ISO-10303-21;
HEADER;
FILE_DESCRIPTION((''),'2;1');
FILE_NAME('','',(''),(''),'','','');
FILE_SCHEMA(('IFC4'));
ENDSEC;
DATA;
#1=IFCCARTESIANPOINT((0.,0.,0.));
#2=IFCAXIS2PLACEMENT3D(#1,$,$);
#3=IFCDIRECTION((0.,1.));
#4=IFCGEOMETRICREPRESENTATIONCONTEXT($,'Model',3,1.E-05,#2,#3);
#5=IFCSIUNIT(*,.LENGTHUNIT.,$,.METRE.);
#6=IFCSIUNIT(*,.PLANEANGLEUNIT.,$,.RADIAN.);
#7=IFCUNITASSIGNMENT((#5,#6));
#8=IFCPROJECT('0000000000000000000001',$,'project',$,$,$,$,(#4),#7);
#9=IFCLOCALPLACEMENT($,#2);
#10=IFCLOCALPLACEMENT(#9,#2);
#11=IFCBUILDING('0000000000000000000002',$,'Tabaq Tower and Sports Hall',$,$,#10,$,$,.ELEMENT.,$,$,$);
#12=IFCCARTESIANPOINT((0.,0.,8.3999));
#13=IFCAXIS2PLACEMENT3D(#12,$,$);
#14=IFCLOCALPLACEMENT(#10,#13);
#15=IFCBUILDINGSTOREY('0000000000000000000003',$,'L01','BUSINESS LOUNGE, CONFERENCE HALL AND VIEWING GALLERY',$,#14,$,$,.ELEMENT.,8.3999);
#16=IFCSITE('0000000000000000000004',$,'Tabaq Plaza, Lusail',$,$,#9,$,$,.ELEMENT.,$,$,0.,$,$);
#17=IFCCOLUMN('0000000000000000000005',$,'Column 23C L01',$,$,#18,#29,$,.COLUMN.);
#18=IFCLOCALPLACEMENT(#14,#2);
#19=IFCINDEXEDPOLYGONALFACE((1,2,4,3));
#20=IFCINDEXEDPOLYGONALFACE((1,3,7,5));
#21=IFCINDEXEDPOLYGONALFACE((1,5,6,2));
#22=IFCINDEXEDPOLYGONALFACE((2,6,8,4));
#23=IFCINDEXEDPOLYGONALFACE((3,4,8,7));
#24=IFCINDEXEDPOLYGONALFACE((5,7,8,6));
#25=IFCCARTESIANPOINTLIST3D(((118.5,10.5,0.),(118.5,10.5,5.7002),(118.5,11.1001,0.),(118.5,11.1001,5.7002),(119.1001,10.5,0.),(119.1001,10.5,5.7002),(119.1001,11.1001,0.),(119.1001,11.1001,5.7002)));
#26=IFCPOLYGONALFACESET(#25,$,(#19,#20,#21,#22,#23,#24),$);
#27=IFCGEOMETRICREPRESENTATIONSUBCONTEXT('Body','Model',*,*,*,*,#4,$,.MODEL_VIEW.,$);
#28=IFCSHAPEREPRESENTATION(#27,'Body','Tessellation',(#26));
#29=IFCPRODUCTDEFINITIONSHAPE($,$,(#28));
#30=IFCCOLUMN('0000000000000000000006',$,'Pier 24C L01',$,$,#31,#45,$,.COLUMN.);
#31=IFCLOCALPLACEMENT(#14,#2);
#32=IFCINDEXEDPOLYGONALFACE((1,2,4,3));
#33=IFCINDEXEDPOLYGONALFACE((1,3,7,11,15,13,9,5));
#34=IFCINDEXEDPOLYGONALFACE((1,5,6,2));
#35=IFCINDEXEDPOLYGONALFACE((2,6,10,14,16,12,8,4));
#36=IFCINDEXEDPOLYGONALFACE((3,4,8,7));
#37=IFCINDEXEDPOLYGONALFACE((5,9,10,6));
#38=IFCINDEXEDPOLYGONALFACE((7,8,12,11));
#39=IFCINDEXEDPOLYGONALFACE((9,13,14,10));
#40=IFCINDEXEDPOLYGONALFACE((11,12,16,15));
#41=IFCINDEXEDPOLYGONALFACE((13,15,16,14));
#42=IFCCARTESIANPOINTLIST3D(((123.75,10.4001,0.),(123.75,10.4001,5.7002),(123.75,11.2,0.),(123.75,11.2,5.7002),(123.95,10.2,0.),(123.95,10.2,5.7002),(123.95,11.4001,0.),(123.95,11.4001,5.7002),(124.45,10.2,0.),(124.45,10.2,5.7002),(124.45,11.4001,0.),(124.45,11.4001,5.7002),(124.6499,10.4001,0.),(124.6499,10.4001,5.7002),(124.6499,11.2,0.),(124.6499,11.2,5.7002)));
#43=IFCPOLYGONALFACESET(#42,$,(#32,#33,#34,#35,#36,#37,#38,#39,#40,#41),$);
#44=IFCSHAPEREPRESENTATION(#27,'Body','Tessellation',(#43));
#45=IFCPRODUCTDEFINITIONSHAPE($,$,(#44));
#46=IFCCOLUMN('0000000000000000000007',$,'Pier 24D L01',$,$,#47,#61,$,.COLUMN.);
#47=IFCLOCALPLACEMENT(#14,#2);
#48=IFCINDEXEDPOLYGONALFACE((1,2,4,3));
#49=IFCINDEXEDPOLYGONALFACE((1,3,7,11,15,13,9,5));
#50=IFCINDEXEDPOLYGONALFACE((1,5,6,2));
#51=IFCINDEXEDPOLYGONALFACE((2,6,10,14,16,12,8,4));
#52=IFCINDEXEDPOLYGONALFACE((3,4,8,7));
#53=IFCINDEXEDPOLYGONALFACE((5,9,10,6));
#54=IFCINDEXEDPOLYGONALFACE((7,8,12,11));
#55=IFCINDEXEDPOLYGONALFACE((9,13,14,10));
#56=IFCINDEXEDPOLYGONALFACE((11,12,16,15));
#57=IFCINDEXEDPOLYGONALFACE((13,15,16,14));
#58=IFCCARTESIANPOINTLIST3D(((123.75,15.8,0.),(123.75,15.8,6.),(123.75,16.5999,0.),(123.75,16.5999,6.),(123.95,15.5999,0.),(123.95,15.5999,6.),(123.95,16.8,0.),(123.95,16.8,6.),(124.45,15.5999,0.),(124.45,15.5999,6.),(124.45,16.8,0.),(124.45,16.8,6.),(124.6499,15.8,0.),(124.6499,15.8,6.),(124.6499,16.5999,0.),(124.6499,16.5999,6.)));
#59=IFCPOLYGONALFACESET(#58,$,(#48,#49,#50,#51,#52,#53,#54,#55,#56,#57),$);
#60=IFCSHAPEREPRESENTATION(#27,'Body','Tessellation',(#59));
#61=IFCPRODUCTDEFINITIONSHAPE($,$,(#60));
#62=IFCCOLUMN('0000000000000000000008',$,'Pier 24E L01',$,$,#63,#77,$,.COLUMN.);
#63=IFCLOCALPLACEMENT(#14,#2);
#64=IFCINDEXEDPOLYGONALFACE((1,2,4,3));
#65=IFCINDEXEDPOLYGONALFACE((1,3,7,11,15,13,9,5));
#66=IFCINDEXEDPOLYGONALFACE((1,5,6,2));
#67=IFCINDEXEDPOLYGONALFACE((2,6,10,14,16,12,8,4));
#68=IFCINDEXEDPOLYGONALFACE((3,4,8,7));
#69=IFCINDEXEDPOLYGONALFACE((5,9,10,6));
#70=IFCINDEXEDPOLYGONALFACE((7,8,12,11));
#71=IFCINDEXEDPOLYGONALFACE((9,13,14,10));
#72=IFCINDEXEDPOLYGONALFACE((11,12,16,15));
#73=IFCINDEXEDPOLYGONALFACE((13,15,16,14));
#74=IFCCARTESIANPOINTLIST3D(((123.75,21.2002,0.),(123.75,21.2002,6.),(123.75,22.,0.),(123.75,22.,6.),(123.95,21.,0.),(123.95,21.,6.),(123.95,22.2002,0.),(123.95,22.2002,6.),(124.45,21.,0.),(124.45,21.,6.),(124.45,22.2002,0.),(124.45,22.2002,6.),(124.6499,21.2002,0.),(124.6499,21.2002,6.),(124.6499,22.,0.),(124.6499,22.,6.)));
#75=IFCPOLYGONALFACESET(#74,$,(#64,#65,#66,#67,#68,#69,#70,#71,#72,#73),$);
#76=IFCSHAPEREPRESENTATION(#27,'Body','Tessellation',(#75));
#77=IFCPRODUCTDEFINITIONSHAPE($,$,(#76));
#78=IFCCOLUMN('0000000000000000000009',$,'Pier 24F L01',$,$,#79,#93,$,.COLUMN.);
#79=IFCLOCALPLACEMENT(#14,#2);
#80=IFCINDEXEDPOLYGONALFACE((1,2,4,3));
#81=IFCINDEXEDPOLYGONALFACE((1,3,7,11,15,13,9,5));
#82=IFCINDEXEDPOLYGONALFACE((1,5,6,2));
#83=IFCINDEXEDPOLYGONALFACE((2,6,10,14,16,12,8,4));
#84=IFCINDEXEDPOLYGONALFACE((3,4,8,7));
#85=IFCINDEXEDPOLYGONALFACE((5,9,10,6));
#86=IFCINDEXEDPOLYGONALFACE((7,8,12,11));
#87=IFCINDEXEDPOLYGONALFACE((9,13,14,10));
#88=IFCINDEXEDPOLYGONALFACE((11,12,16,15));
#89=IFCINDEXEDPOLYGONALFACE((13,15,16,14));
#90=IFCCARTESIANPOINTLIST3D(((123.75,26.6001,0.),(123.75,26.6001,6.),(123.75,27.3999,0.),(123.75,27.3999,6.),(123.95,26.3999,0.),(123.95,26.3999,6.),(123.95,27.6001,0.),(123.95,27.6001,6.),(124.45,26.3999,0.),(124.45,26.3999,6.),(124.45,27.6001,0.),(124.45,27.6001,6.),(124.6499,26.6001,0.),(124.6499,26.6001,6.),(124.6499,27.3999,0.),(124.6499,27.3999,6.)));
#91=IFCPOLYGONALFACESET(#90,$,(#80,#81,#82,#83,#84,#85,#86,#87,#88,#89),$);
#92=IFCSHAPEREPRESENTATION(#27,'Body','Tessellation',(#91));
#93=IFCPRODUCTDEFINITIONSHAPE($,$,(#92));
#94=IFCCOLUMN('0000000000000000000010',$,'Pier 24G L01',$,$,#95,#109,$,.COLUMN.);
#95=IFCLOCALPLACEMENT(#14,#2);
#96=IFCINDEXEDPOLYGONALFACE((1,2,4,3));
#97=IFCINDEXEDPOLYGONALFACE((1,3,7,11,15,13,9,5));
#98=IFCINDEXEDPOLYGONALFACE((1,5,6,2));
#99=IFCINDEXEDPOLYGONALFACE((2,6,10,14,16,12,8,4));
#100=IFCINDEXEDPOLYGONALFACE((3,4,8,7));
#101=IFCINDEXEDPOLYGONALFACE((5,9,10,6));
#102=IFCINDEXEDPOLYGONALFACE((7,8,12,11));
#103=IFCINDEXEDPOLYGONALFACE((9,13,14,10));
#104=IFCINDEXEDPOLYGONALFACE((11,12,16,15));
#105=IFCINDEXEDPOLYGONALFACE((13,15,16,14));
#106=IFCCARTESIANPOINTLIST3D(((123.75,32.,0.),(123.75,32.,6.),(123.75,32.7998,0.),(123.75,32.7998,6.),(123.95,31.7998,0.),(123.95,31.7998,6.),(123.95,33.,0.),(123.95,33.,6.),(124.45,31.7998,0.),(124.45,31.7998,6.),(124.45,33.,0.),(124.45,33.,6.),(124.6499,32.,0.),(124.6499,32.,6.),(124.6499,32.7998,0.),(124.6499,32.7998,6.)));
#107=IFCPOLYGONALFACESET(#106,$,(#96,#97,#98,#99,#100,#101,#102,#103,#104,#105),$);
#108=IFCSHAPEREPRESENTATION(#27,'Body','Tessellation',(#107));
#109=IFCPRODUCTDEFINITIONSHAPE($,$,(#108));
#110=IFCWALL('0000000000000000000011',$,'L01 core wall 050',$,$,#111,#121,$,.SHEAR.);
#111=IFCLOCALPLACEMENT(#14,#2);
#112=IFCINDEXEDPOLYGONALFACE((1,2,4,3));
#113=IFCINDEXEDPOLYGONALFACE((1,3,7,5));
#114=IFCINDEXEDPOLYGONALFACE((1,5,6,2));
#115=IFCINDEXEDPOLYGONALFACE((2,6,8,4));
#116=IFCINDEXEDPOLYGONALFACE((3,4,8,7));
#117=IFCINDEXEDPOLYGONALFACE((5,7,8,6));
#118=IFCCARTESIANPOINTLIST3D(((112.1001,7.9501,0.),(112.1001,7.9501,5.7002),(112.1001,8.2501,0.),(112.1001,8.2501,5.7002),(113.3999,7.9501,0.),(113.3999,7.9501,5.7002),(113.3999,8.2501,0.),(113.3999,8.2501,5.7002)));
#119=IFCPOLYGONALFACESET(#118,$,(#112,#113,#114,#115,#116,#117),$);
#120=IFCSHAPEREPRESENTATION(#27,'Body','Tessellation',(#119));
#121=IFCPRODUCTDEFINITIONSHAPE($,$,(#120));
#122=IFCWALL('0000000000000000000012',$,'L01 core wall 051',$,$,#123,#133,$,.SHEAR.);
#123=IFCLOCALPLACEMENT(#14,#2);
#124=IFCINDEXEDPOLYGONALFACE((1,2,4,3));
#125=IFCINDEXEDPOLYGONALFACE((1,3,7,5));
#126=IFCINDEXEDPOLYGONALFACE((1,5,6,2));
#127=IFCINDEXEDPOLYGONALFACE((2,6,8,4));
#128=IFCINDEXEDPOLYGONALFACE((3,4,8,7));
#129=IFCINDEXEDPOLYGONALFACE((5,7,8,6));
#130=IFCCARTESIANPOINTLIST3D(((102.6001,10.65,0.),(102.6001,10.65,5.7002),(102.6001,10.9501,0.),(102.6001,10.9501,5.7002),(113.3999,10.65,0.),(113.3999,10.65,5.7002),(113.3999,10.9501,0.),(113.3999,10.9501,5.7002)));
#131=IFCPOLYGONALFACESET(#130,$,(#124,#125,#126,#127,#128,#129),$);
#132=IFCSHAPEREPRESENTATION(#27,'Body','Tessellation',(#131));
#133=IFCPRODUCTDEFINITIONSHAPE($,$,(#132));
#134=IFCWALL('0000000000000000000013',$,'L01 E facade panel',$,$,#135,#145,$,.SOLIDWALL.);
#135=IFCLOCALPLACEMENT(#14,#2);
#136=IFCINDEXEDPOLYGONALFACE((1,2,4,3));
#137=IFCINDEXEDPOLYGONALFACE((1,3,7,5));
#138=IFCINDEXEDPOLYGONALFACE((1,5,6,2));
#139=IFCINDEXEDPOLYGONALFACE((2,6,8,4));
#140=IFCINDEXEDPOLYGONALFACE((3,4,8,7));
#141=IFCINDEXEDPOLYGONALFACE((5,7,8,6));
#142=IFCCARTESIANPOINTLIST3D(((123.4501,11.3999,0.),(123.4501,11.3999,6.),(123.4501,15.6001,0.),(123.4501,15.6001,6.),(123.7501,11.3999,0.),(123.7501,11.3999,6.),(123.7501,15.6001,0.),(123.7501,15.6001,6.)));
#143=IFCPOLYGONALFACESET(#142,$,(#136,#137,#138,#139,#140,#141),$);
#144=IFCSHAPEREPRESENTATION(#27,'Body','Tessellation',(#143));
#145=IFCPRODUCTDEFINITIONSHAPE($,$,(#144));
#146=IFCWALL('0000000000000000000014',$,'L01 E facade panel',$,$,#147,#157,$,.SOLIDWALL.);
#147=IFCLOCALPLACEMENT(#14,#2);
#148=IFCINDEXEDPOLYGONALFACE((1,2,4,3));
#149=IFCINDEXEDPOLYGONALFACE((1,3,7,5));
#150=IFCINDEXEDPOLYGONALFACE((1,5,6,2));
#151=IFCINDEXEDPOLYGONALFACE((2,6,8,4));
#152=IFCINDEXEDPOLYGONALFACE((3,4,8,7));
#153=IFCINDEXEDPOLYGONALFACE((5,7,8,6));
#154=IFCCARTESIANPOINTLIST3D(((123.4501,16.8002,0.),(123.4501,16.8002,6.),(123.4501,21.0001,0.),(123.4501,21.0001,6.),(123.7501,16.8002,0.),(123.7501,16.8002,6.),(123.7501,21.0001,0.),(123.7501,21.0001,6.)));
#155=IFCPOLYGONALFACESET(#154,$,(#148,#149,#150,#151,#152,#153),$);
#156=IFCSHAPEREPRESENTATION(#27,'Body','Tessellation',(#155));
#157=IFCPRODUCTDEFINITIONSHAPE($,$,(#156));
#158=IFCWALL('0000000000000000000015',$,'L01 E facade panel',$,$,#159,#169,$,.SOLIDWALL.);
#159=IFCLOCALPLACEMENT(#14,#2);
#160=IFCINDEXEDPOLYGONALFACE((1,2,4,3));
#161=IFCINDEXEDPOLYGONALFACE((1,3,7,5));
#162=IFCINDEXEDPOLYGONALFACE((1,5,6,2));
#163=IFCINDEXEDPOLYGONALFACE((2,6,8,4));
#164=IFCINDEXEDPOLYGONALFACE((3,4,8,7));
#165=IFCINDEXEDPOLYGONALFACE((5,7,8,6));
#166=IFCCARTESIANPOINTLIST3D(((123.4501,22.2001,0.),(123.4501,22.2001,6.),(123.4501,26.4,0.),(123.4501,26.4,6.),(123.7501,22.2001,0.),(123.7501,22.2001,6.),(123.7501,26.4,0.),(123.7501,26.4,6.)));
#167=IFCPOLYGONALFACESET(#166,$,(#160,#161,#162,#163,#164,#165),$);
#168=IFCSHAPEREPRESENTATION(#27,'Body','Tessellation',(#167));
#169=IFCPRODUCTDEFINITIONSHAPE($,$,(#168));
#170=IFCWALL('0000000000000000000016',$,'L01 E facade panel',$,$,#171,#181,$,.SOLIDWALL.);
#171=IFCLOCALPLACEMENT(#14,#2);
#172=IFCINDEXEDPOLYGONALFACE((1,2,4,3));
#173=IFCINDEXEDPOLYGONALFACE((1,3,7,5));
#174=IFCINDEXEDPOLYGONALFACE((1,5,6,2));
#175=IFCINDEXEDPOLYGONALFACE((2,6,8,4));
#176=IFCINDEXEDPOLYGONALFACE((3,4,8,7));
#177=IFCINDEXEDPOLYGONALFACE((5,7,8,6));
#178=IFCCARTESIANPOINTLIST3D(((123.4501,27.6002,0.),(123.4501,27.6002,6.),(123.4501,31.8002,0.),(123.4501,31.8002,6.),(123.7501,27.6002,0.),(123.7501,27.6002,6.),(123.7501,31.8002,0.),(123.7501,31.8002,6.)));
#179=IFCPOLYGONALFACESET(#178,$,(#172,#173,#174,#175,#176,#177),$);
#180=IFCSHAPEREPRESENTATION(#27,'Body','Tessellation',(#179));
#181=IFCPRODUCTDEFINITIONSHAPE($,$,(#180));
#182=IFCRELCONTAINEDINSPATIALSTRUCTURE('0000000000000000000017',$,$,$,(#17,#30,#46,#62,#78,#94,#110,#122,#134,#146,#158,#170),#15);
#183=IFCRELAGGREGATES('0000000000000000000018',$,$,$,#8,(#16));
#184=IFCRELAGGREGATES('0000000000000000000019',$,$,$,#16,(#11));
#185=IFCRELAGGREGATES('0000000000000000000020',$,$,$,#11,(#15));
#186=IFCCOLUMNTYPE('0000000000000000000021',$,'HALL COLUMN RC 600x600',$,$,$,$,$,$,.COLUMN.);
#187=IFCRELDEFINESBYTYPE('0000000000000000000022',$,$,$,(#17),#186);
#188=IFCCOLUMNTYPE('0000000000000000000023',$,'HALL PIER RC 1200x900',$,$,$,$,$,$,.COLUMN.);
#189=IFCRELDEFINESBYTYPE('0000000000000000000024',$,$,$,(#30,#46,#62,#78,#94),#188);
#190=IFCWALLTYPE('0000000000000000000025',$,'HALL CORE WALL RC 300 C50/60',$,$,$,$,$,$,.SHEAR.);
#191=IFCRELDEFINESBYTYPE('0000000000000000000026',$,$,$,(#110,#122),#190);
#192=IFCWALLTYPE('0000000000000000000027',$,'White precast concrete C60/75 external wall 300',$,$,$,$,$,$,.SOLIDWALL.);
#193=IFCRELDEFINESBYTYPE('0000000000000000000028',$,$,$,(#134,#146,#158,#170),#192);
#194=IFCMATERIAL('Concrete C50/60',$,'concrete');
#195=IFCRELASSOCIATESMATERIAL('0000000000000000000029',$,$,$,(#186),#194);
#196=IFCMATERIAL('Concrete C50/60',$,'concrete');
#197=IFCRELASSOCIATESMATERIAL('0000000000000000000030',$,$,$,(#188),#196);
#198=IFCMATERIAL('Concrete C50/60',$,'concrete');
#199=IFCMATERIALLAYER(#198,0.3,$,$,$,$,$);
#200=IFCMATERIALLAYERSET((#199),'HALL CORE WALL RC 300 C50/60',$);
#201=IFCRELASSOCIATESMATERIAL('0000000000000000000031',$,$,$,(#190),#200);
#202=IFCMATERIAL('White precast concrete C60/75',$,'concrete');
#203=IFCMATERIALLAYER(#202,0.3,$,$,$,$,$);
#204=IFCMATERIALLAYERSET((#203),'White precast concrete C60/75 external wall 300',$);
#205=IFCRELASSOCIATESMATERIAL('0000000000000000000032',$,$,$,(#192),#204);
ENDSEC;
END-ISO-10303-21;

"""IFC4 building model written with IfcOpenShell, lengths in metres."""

from ifc_helpers import new_model, si_unit, direction, frame, frame_2d, origin, origin_2d, place, context, subcontext, project, spatial, polyline, rectangle, outline, extrude, material, layer, layer_set, material_profile, profile_set, type_object, element, save


model = new_model("IFC4")

# Units and contexts
model_context = context("Model", 3, precision=1e-05, world=origin(), true_north=direction((0.0, 1.0)))
body_context = subcontext(model_context, "Body", "Model", "MODEL_VIEW")
ifc_project = project(units=[si_unit("LENGTHUNIT", "METRE"), si_unit("PLANEANGLEUNIT", "RADIAN")], contexts=[model_context])

# Site, building, storey
site_placement = place(None, origin())
site = spatial("IfcSite", under=ifc_project, at=site_placement, Name="Tabaq Plaza, Lusail", CompositionType="ELEMENT", RefElevation=0.0)
building_placement = place(site_placement, origin())
building = spatial("IfcBuilding", under=site, at=building_placement, Name="Tabaq Tower and Sports Hall", CompositionType="ELEMENT")
storey_placement = place(building_placement, frame((0.0, 0.0, 8.3999)))
storey = spatial("IfcBuildingStorey", under=building, at=storey_placement, Name="L01", Description="BUSINESS LOUNGE, CONFERENCE HALL AND VIEWING GALLERY", CompositionType="ELEMENT", Elevation=8.3999)

# Columns
ifc_material_1 = material(Name="Concrete C50/60", Category="concrete")
ifc_material_profile_1 = material_profile(ifc_material_1, rectangle(XDim=0.6001, YDim=0.6001, at=origin_2d()), Name="RC 600x600")
ifc_profile_set_1 = profile_set([ifc_material_profile_1], Name="Concrete C50/60")
column_type_1 = type_object("IfcColumnType", Name="HALL COLUMN RC 600x600", PredefinedType="COLUMN", material=ifc_profile_set_1)
column_1_placement = place(storey_placement, frame((118.8, 10.8, 0.0), z_axis=(0.0, 0.0, 1.0), x_axis=(1.0, 0.0, 0.0)))
element("IfcColumn", 1, at=column_1_placement, inside=storey, type_object=column_type_1, Name="Column 23C L01", PredefinedType="COLUMN", context=body_context, shape_type="SweptSolid", body=[
    extrude(rectangle(XDim=0.6001, YDim=0.6001, at=origin_2d()), origin(), (0.0, 0.0, 1.0), 5.7002),
])
ifc_material_2 = material(Name="Concrete C50/60", Category="concrete")
ifc_material_profile_2 = material_profile(ifc_material_2, outline(polyline([(-0.3999, -0.45), (0.3999, -0.45), (0.6001, -0.25), (0.6001, 0.25), (0.3999, 0.45), (-0.3999, 0.45), (-0.6001, 0.25), (-0.6001, -0.25), (-0.3999, -0.45)])), Name="PIER 1200x900")
ifc_profile_set_2 = profile_set([ifc_material_profile_2], Name="Concrete C50/60")
column_type_2 = type_object("IfcColumnType", Name="HALL PIER RC 1200x900", PredefinedType="COLUMN", material=ifc_profile_set_2)
column_2_placement = place(storey_placement, frame((124.2, 10.8, 0.0), z_axis=(0.0, 0.0, 1.0), x_axis=(0.0, 1.0, 0.0)))
element("IfcColumn", 2, at=column_2_placement, inside=storey, type_object=column_type_2, Name="Pier 24C L01", PredefinedType="COLUMN", context=body_context, shape_type="SweptSolid", body=[
    extrude(outline(polyline([(-0.3999, -0.45), (0.3999, -0.45), (0.6001, -0.25), (0.6001, 0.25), (0.3999, 0.45), (-0.3999, 0.45), (-0.6001, 0.25), (-0.6001, -0.25), (-0.3999, -0.45)])), origin(), (0.0, 0.0, 1.0), 5.7002),
])
for number, where, z_axis, x_axis, name in (
    (3, (124.2, 16.2, 0.0), (0.0, 0.0, 1.0), (0.0, 1.0, 0.0), "Pier 24D L01"),
    (4, (124.2, 21.6001, 0.0), (0.0, 0.0, 1.0), (0.0, 1.0, 0.0), "Pier 24E L01"),
    (5, (124.2, 27.0, 0.0), (0.0, 0.0, 1.0), (0.0, 1.0, 0.0), "Pier 24F L01"),
    (6, (124.2, 32.3999, 0.0), (0.0, 0.0, 1.0), (0.0, 1.0, 0.0), "Pier 24G L01"),
):
    element("IfcColumn", number, at=place(storey_placement, frame(where, z_axis=z_axis, x_axis=x_axis)), inside=storey, type_object=column_type_2, Name=name, PredefinedType="COLUMN", context=body_context, shape_type="SweptSolid", body=[
        extrude(outline(polyline([(-0.3999, -0.45), (0.3999, -0.45), (0.6001, -0.25), (0.6001, 0.25), (0.3999, 0.45), (-0.3999, 0.45), (-0.6001, 0.25), (-0.6001, -0.25), (-0.3999, -0.45)])), origin(), (0.0, 0.0, 1.0), 6.0),
    ])

# Shared definitions
ifc_material_3 = material(Name="Concrete C50/60", Category="concrete")
ifc_layer_1 = layer(ifc_material_3, 0.3)
ifc_layer_set_1 = layer_set([ifc_layer_1], Name="HALL CORE WALL RC 300 C50/60")
wall_type_1 = type_object("IfcWallType", Name="HALL CORE WALL RC 300 C50/60", PredefinedType="SHEAR", material=ifc_layer_set_1)

# Walls
wall_1_placement = place(storey_placement, frame((112.1001, 8.1001, 0.0), z_axis=(0.0, 0.0, 1.0), x_axis=(1.0, 0.0, 0.0)))
element("IfcWall", 7, at=wall_1_placement, inside=storey, type_object=wall_type_1, Name="L01 core wall 050", PredefinedType="SHEAR", context=body_context, shape_type="SweptSolid", body=[
    extrude(rectangle(XDim=1.2998, YDim=0.3, at=frame_2d((0.6499, 0.0))), origin(), (0.0, 0.0, 1.0), 5.7002),
])
wall_2_placement = place(storey_placement, frame((102.6001, 10.8, 0.0), z_axis=(0.0, 0.0, 1.0), x_axis=(1.0, 0.0, 0.0)))
element("IfcWall", 8, at=wall_2_placement, inside=storey, type_object=wall_type_1, Name="L01 core wall 051", PredefinedType="SHEAR", context=body_context, shape_type="SweptSolid", body=[
    extrude(rectangle(XDim=10.7998, YDim=0.3, at=frame_2d((5.3999, 0.0))), origin(), (0.0, 0.0, 1.0), 5.7002),
])
ifc_material_4 = material(Name="White precast concrete C60/75", Category="concrete")
ifc_layer_2 = layer(ifc_material_4, 0.3)
ifc_layer_set_2 = layer_set([ifc_layer_2], Name="White precast concrete C60/75 external wall 300")
wall_type_2 = type_object("IfcWallType", Name="White precast concrete C60/75 external wall 300", PredefinedType="SOLIDWALL", material=ifc_layer_set_2)
wall_3_placement = place(storey_placement, frame((123.6001, 11.3999, 0.0), z_axis=(0.0, 0.0, 1.0), x_axis=(0.0, 1.0, 0.0)))
element("IfcWall", 9, at=wall_3_placement, inside=storey, type_object=wall_type_2, Name="L01 E facade panel", PredefinedType="SOLIDWALL", context=body_context, shape_type="SweptSolid", body=[
    extrude(rectangle(XDim=4.2002, YDim=0.3, at=frame_2d((2.1001, 0.0))), origin(), (0.0, 0.0, 1.0), 6.0),
])
for number, where, z_axis, x_axis, name in (
    (10, (123.6001, 16.8, 0.0), (0.0, 0.0, 1.0), (0.0, 1.0, 0.0), "L01 E facade panel"),
    (11, (123.6001, 22.2, 0.0), (0.0, 0.0, 1.0), (0.0, 1.0, 0.0), "L01 E facade panel"),
    (12, (123.6001, 27.6001, 0.0), (0.0, 0.0, 1.0), (0.0, 1.0, 0.0), "L01 E facade panel"),
):
    element("IfcWall", number, at=place(storey_placement, frame(where, z_axis=z_axis, x_axis=x_axis)), inside=storey, type_object=wall_type_2, Name=name, PredefinedType="SOLIDWALL", context=body_context, shape_type="SweptSolid", body=[
        extrude(rectangle(XDim=4.2, YDim=0.3, at=frame_2d((2.1001, 0.0))), origin(), (0.0, 0.0, 1.0), 6.0),
    ])

save(model, "model.ifc")
